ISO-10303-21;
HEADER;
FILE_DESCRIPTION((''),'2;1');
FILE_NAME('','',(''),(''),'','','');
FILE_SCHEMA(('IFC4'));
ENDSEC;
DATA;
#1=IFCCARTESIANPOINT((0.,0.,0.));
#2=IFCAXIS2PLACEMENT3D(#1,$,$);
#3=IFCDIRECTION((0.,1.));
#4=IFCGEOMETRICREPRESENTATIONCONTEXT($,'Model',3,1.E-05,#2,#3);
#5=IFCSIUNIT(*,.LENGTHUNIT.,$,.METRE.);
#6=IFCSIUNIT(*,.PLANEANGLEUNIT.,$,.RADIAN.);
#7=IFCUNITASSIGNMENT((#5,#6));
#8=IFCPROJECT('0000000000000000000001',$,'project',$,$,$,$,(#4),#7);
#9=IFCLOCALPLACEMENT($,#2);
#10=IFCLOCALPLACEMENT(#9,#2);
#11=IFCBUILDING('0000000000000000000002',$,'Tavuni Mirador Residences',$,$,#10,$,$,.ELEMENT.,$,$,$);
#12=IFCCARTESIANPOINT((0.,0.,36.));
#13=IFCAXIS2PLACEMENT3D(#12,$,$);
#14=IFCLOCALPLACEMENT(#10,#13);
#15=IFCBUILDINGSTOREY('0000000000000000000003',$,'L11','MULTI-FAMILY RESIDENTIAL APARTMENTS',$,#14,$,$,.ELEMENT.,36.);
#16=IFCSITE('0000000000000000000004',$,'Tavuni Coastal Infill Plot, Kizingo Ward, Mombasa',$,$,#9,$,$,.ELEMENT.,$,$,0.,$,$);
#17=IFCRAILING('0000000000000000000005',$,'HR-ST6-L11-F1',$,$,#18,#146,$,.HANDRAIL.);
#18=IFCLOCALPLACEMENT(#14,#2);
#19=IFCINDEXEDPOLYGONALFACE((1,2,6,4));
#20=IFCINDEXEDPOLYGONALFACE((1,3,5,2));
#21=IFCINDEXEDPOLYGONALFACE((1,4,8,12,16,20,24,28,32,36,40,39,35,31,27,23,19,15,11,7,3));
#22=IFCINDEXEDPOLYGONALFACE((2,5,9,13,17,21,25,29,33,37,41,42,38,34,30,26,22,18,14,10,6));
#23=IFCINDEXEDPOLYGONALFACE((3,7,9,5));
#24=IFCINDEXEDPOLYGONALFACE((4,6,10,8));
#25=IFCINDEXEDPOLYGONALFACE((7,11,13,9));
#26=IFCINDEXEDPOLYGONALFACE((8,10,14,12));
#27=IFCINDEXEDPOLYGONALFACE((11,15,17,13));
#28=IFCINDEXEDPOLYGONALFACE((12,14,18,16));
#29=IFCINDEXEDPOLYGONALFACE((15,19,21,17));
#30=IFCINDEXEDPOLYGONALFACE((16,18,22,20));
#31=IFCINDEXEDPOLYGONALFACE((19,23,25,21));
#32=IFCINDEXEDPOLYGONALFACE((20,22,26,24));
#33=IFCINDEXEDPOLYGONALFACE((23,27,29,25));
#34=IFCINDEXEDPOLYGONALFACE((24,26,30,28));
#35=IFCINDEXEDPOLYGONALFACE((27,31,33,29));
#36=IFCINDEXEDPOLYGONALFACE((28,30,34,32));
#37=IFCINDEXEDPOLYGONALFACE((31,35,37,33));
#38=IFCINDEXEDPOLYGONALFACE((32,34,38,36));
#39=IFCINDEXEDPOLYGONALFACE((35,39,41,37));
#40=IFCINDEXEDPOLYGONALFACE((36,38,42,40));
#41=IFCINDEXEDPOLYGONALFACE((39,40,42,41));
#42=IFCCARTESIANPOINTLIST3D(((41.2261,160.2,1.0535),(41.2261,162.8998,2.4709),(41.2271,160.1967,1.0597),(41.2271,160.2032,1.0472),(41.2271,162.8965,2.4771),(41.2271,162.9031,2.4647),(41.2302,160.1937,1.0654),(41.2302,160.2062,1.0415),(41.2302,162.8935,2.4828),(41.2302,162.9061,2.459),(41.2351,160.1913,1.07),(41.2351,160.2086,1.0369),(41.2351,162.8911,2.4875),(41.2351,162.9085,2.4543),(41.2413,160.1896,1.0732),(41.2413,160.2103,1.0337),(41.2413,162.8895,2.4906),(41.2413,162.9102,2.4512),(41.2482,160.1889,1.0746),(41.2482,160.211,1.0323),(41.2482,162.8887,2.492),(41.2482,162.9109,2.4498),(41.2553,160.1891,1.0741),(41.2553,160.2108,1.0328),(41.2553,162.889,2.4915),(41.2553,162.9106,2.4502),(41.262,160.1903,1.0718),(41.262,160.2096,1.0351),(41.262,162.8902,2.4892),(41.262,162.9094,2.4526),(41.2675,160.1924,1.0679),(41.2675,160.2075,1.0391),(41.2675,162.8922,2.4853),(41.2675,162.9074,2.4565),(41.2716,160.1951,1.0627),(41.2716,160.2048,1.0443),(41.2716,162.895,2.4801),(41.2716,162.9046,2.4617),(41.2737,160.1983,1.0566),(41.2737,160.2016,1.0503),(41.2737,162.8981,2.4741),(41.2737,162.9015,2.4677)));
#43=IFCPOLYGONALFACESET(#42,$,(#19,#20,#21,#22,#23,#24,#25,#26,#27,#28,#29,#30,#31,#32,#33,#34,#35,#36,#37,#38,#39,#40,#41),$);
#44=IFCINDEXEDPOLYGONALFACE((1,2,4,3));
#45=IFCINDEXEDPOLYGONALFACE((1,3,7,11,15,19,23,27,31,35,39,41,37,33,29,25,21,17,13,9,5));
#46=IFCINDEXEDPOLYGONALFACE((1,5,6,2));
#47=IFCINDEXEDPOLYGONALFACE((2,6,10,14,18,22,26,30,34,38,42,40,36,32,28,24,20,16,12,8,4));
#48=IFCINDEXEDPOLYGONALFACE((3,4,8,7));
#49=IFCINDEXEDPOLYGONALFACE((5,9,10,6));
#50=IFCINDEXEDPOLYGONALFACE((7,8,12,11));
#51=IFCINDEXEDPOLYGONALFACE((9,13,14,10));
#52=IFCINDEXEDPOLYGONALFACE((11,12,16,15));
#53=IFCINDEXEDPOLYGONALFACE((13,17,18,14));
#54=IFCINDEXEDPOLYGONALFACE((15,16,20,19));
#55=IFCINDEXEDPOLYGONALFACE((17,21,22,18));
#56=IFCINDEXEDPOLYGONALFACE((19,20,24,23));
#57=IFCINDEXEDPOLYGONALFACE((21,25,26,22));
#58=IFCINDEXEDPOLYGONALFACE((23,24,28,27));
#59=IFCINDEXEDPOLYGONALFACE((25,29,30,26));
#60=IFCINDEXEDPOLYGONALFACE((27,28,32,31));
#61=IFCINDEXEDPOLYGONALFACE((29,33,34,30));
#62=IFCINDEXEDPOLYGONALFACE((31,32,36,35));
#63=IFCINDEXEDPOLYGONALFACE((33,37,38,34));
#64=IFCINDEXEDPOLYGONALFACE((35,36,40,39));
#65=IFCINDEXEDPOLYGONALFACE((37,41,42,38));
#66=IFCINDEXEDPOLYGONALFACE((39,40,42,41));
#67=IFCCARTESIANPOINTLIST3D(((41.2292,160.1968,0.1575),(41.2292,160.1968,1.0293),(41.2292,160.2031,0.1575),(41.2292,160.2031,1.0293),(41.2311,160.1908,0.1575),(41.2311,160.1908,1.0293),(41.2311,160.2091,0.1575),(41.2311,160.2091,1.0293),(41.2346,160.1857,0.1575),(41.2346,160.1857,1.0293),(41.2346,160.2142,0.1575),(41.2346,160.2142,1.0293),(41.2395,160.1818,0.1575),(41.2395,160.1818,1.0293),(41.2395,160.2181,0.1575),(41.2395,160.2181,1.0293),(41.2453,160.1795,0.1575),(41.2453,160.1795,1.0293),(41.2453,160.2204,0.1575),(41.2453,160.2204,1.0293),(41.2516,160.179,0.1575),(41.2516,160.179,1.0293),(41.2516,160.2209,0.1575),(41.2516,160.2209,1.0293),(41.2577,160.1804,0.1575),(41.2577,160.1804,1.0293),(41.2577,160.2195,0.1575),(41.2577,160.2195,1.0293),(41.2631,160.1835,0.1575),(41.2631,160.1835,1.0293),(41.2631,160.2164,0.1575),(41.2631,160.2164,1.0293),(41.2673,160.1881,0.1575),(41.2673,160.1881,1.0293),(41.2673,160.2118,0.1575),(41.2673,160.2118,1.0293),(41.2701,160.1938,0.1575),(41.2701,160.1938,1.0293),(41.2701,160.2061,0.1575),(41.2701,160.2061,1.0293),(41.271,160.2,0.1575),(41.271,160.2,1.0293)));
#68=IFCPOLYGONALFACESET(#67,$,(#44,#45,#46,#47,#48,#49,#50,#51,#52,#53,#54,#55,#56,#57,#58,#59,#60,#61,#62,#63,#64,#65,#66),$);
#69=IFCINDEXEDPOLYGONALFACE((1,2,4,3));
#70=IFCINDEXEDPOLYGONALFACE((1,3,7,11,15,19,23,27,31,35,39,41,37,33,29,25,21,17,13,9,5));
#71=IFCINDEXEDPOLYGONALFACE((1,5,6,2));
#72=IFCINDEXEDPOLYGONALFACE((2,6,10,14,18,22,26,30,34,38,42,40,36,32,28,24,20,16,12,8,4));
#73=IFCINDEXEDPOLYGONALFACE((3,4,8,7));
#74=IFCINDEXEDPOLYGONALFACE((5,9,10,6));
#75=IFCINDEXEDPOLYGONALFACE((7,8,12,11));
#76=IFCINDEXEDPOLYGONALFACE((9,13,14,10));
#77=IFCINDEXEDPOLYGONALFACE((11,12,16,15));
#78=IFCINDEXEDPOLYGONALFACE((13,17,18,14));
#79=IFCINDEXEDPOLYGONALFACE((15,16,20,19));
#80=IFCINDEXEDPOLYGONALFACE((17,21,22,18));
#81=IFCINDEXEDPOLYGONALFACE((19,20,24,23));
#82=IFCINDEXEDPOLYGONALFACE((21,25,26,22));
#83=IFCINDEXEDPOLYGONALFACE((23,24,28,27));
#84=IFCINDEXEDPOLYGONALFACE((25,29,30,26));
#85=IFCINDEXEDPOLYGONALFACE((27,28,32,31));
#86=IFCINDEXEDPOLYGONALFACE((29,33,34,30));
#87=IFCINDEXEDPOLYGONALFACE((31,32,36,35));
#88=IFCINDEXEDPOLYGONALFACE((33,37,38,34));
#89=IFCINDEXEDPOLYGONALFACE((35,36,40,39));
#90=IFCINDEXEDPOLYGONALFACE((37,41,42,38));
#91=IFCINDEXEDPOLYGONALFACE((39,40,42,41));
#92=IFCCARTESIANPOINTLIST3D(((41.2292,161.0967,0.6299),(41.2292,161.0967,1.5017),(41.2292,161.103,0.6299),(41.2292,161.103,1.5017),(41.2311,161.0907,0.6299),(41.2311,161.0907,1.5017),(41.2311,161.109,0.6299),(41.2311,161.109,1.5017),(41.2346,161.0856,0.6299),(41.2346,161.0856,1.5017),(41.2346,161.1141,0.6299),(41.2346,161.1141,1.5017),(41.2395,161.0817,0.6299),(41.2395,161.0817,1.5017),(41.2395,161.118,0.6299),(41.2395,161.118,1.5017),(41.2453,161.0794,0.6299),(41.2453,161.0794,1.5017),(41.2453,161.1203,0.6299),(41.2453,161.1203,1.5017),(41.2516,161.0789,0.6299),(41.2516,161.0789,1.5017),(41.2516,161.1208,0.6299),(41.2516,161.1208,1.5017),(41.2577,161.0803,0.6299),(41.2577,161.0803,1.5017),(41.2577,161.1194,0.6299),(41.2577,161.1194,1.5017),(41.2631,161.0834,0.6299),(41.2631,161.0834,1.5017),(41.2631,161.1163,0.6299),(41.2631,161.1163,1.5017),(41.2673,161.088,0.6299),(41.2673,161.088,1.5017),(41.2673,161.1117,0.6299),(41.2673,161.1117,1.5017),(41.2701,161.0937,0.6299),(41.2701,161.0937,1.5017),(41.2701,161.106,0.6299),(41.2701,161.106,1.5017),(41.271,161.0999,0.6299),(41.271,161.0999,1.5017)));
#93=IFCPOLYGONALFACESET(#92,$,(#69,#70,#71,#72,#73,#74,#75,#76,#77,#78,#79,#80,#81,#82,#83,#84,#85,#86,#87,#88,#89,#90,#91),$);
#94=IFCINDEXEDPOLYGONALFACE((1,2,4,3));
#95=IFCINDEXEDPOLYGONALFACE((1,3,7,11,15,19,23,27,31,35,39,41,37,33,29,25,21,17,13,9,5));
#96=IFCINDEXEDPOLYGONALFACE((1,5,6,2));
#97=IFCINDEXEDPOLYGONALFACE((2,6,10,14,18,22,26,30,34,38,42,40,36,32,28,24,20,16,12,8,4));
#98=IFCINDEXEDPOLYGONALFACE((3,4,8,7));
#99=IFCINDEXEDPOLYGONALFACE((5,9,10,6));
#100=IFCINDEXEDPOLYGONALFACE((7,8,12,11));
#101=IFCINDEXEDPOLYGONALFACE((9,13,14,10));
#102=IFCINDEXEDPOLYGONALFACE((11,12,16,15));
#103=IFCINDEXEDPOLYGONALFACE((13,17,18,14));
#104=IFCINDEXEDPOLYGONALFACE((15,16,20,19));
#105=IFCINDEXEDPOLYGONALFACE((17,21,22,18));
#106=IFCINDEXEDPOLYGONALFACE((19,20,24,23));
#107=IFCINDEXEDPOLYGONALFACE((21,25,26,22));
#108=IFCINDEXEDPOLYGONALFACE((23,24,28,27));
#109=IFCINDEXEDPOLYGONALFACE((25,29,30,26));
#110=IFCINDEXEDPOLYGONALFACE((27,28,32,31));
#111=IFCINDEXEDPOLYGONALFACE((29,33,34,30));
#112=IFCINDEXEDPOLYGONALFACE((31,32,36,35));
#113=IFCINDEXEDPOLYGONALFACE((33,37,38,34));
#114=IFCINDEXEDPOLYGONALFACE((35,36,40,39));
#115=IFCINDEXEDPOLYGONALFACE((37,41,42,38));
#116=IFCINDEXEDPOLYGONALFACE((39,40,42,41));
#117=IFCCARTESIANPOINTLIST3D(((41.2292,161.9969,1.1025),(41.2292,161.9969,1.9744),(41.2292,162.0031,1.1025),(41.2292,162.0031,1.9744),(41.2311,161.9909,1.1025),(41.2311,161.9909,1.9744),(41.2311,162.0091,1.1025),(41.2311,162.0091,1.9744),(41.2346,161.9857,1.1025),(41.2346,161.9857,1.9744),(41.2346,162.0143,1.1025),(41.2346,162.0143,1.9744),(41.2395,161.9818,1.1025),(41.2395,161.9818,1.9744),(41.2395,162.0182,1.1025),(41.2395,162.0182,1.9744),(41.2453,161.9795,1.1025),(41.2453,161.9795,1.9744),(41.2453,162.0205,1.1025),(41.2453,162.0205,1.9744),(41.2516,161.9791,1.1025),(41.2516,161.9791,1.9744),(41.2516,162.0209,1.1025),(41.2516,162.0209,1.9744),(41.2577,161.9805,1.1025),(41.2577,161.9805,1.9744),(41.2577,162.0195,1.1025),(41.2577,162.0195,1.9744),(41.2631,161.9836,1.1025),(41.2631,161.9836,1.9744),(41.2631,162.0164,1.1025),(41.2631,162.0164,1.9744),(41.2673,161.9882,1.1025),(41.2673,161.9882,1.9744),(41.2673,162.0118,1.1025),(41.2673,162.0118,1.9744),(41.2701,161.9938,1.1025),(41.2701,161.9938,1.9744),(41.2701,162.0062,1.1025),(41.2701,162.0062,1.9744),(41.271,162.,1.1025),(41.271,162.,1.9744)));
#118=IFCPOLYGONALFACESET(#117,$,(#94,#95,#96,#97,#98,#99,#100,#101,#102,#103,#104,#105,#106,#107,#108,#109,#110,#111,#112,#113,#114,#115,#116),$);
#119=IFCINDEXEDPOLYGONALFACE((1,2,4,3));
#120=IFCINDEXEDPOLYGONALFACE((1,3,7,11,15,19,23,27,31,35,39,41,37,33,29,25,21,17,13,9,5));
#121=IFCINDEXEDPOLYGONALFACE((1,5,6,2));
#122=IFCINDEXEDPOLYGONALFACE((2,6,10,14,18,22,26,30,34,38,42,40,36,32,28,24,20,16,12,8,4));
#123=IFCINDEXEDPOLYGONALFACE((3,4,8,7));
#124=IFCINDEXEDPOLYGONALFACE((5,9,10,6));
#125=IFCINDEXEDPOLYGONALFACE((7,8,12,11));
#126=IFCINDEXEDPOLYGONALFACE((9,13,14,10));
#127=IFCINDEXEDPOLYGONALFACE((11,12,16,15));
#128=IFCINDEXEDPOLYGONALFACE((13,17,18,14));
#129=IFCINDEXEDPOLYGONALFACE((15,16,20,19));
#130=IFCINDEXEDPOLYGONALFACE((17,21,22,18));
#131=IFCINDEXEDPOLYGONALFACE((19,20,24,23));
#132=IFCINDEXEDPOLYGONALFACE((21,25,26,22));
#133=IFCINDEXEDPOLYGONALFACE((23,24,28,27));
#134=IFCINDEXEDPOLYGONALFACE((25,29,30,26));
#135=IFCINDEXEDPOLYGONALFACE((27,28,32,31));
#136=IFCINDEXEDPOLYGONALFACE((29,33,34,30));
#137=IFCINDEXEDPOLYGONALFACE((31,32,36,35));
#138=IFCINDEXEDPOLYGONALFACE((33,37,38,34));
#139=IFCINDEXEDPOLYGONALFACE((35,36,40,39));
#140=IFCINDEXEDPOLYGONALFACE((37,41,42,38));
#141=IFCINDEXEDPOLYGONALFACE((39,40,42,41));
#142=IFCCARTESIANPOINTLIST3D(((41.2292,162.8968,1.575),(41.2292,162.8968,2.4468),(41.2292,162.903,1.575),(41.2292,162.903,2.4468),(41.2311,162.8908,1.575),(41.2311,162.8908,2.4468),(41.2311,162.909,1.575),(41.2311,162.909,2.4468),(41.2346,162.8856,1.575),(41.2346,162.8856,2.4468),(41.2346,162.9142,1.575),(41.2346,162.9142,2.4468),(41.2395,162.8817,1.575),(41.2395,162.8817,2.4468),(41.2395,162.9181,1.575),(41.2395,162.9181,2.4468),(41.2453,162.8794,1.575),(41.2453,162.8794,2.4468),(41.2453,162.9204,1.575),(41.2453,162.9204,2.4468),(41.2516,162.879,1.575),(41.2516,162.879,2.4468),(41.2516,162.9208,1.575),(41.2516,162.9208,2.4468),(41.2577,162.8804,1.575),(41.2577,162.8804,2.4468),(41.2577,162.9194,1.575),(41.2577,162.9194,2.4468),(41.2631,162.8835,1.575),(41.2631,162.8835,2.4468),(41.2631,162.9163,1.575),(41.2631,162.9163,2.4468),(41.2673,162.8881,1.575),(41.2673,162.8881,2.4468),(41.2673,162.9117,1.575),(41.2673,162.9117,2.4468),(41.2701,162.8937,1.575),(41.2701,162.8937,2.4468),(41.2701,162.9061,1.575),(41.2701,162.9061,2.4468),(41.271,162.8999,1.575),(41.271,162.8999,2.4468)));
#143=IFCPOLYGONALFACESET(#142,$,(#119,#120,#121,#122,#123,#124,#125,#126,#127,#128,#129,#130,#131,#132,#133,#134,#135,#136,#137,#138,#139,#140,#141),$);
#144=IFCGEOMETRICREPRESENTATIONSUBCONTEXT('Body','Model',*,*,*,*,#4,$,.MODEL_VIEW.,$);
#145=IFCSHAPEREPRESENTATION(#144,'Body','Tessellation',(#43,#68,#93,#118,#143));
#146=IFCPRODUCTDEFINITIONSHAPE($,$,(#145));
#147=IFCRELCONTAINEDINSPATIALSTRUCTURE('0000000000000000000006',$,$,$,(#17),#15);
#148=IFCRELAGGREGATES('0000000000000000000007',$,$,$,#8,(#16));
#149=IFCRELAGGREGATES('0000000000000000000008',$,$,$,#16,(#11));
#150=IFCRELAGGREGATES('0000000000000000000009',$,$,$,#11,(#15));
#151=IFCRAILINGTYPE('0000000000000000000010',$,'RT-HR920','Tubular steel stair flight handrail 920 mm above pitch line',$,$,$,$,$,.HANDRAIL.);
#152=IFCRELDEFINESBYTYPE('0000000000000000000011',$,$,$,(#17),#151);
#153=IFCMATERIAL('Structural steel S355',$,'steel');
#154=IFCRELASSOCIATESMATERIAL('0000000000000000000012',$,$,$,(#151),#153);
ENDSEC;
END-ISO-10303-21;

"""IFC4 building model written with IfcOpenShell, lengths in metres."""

from ifc_helpers import new_model, si_unit, direction, frame, origin, origin_2d, place, context, subcontext, project, spatial, circle, extrude, material, type_object, element, save


model = new_model("IFC4")

# Units and contexts
model_context = context("Model", 3, precision=1e-05, world=origin(), true_north=direction((0.0, 1.0)))
body_context = subcontext(model_context, "Body", "Model", "MODEL_VIEW")
ifc_project = project(units=[si_unit("LENGTHUNIT", "METRE"), si_unit("PLANEANGLEUNIT", "RADIAN")], contexts=[model_context])

# Site, building, storey
site_placement = place(None, origin())
site = spatial("IfcSite", under=ifc_project, at=site_placement, Name="Tavuni Coastal Infill Plot, Kizingo Ward, Mombasa", CompositionType="ELEMENT", RefElevation=0.0)
building_placement = place(site_placement, origin())
building = spatial("IfcBuilding", under=site, at=building_placement, Name="Tavuni Mirador Residences", CompositionType="ELEMENT")
storey_placement = place(building_placement, frame((0.0, 0.0, 36.0)))
storey = spatial("IfcBuildingStorey", under=building, at=storey_placement, Name="L11", Description="MULTI-FAMILY RESIDENTIAL APARTMENTS", CompositionType="ELEMENT", Elevation=36.0)

# Railing
ifc_material_1 = material(Name="Structural steel S355", Category="steel")
railing_type_1 = type_object("IfcRailingType", Name="RT-HR920", Description="Tubular steel stair flight handrail 920 mm above pitch line", PredefinedType="HANDRAIL", material=ifc_material_1)
railing_1_placement = place(storey_placement, frame((41.25, 160.2, 0.1575)))
element("IfcRailing", 1, at=railing_1_placement, inside=storey, type_object=railing_type_1, Name="HR-ST6-L11-F1", PredefinedType="HANDRAIL", context=body_context, shape_type="SweptSolid", body=[
    extrude(circle(Radius=0.0239, at=origin_2d()), frame((0.0, 0.0, 0.896), z_axis=(0.0, 0.885397, 0.464835), x_axis=(-1.0, 0.0, 0.0)), (0.0, 0.0, 1.0), 3.0493),
    extrude(circle(Radius=0.021, at=origin_2d()), origin(), (0.0, 0.0, 1.0), 0.8718),
    extrude(circle(Radius=0.021, at=origin_2d()), frame((0.0, 0.8999, 0.4724)), (0.0, 0.0, 1.0), 0.8718),
    extrude(circle(Radius=0.021, at=origin_2d()), frame((0.0, 1.8, 0.9451)), (0.0, 0.0, 1.0), 0.8718),
    extrude(circle(Radius=0.021, at=origin_2d()), frame((0.0, 2.7, 1.4175)), (0.0, 0.0, 1.0), 0.8718),
])

save(model, "model.ifc")
